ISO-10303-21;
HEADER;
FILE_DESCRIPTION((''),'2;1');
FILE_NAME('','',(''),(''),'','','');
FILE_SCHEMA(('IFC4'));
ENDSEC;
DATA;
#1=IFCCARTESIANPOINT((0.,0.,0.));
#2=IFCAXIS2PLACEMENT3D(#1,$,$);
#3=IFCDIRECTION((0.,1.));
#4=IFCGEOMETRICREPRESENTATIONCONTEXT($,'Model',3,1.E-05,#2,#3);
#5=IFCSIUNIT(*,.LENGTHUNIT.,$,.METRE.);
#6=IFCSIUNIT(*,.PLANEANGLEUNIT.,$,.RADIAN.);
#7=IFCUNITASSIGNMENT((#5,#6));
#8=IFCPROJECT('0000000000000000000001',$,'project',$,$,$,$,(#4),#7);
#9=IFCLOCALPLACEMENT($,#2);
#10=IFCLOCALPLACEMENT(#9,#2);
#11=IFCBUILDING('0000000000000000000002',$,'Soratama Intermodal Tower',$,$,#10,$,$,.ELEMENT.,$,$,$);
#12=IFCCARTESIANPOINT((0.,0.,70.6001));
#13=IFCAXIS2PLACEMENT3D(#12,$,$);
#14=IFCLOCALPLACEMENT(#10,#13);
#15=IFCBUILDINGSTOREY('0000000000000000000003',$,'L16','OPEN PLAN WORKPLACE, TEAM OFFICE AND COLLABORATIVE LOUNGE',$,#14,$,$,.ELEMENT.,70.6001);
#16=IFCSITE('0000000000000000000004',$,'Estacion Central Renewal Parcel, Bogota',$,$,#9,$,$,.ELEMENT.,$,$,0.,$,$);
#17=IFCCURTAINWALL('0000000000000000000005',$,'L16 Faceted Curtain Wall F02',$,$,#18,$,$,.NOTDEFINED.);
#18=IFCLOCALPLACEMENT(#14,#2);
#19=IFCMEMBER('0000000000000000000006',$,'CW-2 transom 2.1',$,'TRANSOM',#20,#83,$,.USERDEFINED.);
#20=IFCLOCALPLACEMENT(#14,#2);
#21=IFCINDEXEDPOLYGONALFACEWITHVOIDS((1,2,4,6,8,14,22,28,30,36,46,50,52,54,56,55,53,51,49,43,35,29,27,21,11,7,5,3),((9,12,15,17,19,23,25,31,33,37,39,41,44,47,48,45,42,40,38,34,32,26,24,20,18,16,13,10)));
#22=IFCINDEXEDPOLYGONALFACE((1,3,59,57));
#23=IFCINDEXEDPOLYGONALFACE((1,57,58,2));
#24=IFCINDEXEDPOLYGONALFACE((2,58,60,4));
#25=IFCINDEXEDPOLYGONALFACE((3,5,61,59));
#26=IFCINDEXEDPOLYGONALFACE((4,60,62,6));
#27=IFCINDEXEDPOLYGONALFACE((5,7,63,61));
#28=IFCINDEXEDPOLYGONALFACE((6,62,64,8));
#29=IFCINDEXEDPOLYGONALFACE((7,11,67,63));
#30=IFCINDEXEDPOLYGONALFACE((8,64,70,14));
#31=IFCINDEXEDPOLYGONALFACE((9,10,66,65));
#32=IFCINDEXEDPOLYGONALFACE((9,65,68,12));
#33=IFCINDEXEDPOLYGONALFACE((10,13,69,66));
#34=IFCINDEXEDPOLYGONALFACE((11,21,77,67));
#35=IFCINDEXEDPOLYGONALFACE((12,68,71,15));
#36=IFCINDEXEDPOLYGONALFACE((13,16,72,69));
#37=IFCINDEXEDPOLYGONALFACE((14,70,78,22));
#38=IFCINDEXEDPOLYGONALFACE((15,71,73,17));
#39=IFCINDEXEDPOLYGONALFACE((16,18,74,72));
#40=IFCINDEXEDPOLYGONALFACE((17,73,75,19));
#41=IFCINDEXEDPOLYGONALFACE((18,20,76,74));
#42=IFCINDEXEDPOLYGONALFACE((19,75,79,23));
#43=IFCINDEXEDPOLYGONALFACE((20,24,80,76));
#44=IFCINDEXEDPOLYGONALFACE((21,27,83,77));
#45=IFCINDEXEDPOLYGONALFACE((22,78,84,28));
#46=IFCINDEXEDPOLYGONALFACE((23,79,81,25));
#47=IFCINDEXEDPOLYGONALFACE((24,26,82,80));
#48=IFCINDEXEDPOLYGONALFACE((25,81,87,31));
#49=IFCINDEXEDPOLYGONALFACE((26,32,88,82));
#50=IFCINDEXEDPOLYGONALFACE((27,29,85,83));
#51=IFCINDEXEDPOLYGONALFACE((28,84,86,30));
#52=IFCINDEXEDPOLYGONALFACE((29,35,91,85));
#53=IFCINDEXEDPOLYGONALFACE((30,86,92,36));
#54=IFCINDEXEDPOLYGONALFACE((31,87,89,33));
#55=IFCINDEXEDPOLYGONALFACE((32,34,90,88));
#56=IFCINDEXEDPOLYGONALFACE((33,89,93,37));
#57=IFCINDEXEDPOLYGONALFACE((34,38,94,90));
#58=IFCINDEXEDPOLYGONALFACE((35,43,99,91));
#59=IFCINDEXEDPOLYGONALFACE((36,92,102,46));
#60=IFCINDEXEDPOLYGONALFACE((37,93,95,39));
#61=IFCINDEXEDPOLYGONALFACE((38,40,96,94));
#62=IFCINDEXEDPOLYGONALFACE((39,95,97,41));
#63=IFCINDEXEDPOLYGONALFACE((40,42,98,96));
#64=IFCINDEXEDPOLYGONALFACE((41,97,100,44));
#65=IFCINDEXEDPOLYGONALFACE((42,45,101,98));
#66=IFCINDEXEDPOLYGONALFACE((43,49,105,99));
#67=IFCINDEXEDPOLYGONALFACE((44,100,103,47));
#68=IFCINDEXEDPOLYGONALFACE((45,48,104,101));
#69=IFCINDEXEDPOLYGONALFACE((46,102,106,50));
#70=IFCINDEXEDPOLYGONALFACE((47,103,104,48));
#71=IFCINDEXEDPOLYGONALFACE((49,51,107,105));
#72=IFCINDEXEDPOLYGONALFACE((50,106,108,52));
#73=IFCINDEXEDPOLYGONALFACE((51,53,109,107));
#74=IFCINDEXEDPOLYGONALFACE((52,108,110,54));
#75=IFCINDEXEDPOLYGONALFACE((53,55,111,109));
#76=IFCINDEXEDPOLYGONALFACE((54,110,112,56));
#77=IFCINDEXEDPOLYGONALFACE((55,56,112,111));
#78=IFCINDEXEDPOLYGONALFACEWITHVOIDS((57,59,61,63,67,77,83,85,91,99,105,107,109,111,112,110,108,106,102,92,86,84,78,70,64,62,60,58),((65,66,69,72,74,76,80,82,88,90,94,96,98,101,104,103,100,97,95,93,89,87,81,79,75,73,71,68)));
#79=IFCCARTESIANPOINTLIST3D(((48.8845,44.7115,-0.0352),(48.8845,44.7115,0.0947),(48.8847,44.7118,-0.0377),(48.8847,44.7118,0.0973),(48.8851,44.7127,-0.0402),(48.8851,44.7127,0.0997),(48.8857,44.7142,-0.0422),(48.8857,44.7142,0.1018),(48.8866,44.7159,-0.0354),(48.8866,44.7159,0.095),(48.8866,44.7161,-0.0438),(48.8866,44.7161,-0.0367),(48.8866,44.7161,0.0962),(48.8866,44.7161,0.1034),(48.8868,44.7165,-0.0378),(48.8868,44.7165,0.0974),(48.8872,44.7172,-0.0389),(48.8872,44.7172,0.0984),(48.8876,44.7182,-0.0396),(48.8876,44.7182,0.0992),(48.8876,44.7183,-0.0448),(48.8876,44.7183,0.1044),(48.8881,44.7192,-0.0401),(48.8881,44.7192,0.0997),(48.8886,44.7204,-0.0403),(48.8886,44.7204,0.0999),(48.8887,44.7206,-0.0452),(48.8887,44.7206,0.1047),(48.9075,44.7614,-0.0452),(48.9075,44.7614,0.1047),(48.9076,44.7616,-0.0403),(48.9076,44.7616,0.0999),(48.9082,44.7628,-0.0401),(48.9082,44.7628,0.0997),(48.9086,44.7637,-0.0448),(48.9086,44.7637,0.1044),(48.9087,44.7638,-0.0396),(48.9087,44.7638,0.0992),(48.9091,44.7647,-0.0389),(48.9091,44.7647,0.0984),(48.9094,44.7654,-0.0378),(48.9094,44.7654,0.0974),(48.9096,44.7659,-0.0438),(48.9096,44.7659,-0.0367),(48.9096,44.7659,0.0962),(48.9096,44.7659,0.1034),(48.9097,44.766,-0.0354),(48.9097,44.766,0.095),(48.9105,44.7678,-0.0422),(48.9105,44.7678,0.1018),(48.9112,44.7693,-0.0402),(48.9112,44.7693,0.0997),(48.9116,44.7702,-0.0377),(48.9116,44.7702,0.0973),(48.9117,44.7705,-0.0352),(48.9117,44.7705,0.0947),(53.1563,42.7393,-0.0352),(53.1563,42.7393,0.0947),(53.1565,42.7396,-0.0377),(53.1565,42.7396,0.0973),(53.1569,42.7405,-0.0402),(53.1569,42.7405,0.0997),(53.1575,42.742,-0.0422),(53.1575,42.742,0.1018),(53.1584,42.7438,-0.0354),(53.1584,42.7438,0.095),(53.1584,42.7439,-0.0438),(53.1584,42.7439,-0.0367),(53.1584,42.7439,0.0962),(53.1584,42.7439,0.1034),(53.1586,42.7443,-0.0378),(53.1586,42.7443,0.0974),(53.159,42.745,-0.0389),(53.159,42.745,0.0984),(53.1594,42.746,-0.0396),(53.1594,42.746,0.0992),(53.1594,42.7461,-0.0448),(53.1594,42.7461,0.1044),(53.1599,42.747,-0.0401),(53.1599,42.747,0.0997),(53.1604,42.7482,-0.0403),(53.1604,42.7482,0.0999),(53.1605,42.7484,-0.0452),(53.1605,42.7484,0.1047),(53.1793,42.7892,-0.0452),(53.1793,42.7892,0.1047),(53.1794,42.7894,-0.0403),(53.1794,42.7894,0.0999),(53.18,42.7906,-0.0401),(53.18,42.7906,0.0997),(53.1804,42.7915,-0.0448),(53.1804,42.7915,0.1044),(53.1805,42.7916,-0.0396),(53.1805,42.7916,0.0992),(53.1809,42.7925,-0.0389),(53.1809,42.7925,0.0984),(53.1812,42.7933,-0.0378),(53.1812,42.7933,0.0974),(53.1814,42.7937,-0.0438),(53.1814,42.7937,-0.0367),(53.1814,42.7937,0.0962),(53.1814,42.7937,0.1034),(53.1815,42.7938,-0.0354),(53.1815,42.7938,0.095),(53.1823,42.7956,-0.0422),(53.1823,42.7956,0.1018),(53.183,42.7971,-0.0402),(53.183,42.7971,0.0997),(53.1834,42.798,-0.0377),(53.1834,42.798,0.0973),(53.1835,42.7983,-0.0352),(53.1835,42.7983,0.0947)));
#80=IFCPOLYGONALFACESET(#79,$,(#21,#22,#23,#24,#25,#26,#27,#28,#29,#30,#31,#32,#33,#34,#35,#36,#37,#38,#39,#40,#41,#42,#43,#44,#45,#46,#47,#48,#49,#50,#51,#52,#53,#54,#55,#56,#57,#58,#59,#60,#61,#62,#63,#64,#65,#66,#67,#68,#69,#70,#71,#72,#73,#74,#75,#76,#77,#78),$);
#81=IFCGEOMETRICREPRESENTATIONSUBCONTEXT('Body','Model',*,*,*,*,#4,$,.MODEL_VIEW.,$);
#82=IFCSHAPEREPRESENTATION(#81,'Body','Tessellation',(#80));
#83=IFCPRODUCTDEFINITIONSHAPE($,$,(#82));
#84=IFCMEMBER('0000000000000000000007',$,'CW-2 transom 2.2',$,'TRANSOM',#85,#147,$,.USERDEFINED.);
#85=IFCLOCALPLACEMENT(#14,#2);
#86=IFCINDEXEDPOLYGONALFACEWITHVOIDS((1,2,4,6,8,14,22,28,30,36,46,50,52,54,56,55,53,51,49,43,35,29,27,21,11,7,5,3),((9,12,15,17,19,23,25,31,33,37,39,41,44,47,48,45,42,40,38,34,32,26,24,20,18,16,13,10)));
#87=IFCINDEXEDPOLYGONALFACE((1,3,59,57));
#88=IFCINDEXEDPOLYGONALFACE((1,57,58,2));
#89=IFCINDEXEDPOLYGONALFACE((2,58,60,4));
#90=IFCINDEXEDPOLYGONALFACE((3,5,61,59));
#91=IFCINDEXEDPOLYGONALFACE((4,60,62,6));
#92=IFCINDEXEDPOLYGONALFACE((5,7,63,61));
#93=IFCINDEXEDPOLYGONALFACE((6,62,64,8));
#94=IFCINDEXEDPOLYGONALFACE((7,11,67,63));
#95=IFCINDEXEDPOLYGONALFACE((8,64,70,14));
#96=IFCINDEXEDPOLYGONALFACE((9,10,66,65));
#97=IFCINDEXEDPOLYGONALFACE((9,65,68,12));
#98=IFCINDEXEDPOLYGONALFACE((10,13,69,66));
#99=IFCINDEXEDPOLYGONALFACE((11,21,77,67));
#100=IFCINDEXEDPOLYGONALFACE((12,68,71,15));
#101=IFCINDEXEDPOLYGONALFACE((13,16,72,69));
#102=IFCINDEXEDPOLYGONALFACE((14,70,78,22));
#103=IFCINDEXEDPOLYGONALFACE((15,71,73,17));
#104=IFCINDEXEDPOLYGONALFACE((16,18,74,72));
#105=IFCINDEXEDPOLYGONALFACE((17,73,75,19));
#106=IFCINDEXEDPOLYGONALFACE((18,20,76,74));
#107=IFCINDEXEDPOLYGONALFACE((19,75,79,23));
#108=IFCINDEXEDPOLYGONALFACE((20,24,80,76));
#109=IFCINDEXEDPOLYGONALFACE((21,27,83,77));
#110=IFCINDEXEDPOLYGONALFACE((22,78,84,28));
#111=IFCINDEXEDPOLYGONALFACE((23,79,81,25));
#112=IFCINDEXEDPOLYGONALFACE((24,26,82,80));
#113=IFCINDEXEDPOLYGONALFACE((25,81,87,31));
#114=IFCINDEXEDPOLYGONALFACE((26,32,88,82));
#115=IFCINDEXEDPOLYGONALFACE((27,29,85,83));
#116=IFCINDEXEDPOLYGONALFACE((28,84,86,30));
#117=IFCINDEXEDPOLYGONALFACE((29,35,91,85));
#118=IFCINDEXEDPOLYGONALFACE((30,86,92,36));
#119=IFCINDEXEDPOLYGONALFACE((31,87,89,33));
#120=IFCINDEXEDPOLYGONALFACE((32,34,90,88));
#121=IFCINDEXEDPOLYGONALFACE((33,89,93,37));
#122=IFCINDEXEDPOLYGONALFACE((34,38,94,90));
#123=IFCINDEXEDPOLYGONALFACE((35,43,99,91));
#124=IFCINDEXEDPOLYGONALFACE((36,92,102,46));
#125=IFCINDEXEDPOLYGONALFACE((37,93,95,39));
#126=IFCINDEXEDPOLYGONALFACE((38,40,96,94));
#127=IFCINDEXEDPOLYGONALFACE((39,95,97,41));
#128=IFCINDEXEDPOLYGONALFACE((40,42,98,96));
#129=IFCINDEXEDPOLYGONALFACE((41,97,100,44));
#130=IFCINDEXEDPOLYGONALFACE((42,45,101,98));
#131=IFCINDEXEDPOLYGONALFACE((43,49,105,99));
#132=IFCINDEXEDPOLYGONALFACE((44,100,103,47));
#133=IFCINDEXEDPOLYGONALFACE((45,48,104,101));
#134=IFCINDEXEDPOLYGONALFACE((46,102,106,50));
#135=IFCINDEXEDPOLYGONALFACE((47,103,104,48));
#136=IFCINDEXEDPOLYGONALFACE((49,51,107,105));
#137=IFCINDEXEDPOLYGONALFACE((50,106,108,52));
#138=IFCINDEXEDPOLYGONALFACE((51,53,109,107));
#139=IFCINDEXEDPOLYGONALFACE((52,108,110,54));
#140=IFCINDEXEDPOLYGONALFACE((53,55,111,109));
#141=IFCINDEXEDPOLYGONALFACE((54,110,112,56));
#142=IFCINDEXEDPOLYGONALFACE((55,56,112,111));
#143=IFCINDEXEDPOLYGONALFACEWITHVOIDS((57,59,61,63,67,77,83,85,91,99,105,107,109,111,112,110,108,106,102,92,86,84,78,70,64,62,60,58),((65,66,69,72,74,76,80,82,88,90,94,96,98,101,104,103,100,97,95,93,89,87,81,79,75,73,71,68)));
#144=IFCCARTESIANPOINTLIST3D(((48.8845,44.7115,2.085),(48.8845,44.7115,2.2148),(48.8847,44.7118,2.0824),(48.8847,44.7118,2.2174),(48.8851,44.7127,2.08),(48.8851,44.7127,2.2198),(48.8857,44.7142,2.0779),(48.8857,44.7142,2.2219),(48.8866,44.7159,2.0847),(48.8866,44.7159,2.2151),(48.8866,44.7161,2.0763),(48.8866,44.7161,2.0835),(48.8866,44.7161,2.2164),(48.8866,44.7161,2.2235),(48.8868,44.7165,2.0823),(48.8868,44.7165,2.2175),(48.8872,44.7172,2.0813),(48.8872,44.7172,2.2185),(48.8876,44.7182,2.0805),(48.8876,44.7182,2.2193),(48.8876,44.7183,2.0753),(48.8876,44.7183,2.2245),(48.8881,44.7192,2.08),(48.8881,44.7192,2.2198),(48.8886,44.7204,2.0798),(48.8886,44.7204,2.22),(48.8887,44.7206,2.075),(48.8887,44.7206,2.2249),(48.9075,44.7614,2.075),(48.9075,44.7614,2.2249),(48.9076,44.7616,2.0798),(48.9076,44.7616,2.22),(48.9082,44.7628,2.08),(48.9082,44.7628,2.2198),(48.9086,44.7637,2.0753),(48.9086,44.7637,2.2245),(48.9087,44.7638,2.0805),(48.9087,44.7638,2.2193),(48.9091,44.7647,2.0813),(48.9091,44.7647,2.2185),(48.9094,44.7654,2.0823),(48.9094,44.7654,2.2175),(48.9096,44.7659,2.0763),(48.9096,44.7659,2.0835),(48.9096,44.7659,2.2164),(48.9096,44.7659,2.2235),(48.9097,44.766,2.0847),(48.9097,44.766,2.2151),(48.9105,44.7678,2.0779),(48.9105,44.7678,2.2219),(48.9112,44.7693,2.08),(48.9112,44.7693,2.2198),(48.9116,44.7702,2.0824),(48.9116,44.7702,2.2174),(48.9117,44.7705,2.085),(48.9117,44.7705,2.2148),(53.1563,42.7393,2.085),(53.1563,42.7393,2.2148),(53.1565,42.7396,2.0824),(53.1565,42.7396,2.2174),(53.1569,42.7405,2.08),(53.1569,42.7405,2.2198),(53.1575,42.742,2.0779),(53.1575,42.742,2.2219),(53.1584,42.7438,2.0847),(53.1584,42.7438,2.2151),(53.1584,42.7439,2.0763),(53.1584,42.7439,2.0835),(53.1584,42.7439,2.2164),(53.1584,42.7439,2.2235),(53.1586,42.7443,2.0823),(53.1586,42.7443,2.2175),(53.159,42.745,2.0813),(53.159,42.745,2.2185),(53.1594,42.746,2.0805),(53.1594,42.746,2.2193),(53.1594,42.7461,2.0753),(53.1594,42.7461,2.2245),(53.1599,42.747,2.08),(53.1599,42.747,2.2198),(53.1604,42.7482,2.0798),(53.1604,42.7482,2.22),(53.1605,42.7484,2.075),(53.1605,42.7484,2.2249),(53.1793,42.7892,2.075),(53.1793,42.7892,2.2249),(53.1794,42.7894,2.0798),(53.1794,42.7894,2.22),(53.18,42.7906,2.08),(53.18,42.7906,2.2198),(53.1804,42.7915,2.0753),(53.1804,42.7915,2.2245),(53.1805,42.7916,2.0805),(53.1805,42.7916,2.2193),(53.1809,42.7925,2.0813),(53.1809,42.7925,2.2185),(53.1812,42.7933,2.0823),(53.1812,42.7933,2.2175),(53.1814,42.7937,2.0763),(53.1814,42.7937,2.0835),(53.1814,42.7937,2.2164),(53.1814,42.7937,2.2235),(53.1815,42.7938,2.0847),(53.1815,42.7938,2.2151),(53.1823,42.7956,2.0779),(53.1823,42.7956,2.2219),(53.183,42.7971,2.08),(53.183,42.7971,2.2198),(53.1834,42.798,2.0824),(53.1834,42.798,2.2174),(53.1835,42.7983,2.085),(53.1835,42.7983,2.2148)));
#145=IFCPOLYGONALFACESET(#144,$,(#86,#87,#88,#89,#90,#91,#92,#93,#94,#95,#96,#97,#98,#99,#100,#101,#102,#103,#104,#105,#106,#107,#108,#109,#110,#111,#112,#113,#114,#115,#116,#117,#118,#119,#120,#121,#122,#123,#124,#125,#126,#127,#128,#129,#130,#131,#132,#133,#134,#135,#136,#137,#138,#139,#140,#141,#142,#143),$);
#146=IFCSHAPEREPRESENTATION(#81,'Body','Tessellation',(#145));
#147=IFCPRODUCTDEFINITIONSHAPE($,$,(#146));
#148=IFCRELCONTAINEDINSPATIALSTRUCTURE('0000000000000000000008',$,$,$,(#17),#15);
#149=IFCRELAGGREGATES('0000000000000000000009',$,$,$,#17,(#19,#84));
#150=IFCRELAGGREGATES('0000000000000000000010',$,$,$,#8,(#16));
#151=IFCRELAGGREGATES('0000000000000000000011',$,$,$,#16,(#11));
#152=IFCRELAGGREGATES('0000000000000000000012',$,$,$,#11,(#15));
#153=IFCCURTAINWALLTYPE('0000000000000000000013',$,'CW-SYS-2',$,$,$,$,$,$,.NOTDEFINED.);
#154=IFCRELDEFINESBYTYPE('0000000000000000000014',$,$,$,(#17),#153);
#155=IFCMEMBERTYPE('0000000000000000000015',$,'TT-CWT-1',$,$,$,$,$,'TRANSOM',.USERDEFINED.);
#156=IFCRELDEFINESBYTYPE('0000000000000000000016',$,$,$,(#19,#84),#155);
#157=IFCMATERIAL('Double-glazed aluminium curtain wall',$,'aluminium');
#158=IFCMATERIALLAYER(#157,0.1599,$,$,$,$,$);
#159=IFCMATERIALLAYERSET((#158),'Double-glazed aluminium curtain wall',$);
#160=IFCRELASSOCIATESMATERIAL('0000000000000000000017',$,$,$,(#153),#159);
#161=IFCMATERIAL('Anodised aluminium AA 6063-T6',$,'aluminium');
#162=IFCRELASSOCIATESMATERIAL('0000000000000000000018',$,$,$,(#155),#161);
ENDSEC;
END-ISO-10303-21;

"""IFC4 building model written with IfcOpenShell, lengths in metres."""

from ifc_helpers import new_model, si_unit, direction, frame, origin, origin_2d, place, context, subcontext, project, spatial, hollow_rectangle, extrude, material, layer, layer_set, material_profile, profile_set, type_object, element, aggregate, save


model = new_model("IFC4")

# Units and contexts
model_context = context("Model", 3, precision=1e-05, world=origin(), true_north=direction((0.0, 1.0)))
body_context = subcontext(model_context, "Body", "Model", "MODEL_VIEW")
ifc_project = project(units=[si_unit("LENGTHUNIT", "METRE"), si_unit("PLANEANGLEUNIT", "RADIAN")], contexts=[model_context])

# Site, building, storey
site_placement = place(None, origin())
site = spatial("IfcSite", under=ifc_project, at=site_placement, Name="Estacion Central Renewal Parcel, Bogota", CompositionType="ELEMENT", RefElevation=0.0)
building_placement = place(site_placement, origin())
building = spatial("IfcBuilding", under=site, at=building_placement, Name="Soratama Intermodal Tower", CompositionType="ELEMENT")
storey_placement = place(building_placement, frame((0.0, 0.0, 70.6001)))
storey = spatial("IfcBuildingStorey", under=building, at=storey_placement, Name="L16", Description="OPEN PLAN WORKPLACE, TEAM OFFICE AND COLLABORATIVE LOUNGE", CompositionType="ELEMENT", Elevation=70.6001)

# Shared definitions
ifc_material_1 = material(Name="Double-glazed aluminium curtain wall", Category="aluminium")
ifc_layer_1 = layer(ifc_material_1, 0.1599)
ifc_layer_set_1 = layer_set([ifc_layer_1], Name="Double-glazed aluminium curtain wall")
curtain_wall_type = type_object("IfcCurtainWallType", Name="CW-SYS-2", PredefinedType="NOTDEFINED", material=ifc_layer_set_1)

# Curtain wall, members
curtain_wall_1_placement = place(storey_placement, origin())
curtain_wall_1 = element("IfcCurtainWall", 1, at=curtain_wall_1_placement, inside=storey, type_object=curtain_wall_type, Name="L16 Faceted Curtain Wall F02", PredefinedType="NOTDEFINED")
ifc_material_2 = material(Name="Anodised aluminium AA 6063-T6", Category="aluminium")
ifc_material_profile_1 = material_profile(ifc_material_2, hollow_rectangle(XDim=0.0649, YDim=0.1499, WallThickness=0.0049, InnerFilletRadius=0.0049, OuterFilletRadius=0.01, at=origin_2d()), Name="CWT150X65X5")
ifc_profile_set_1 = profile_set([ifc_material_profile_1], Name="Anodised aluminium AA 6063-T6")
member_type_1 = type_object("IfcMemberType", Name="TT-CWT-1", ElementType="TRANSOM", PredefinedType="USERDEFINED", material=ifc_profile_set_1)
member_1_placement = place(storey_placement, frame((53.1699, 42.7688, 0.0298), z_axis=(-0.907911, 0.419163, 0.0), x_axis=(-0.419163, -0.907911, 0.0)))
member_1 = element("IfcMember", 2, at=member_1_placement, type_object=member_type_1, Name="CW-2 transom 2.1", ObjectType="TRANSOM", PredefinedType="USERDEFINED", context=body_context, shape_type="SweptSolid", body=[
    extrude(hollow_rectangle(XDim=0.0649, YDim=0.1499, WallThickness=0.0049, InnerFilletRadius=0.0049, OuterFilletRadius=0.01, at=origin_2d()), origin(), (0.0, 0.0, 1.0), 4.7051),
])
member_2_placement = place(storey_placement, frame((53.1699, 42.7688, 2.1499), z_axis=(-0.907911, 0.419163, 0.0), x_axis=(-0.419163, -0.907911, 0.0)))
member_2 = element("IfcMember", 3, at=member_2_placement, type_object=member_type_1, Name="CW-2 transom 2.2", ObjectType="TRANSOM", PredefinedType="USERDEFINED", context=body_context, shape_type="SweptSolid", body=[
    extrude(hollow_rectangle(XDim=0.0649, YDim=0.1499, WallThickness=0.0049, InnerFilletRadius=0.0049, OuterFilletRadius=0.01, at=origin_2d()), origin(), (0.0, 0.0, 1.0), 4.7051),
])
aggregate(curtain_wall_1, [member_1, member_2])

save(model, "model.ifc")
